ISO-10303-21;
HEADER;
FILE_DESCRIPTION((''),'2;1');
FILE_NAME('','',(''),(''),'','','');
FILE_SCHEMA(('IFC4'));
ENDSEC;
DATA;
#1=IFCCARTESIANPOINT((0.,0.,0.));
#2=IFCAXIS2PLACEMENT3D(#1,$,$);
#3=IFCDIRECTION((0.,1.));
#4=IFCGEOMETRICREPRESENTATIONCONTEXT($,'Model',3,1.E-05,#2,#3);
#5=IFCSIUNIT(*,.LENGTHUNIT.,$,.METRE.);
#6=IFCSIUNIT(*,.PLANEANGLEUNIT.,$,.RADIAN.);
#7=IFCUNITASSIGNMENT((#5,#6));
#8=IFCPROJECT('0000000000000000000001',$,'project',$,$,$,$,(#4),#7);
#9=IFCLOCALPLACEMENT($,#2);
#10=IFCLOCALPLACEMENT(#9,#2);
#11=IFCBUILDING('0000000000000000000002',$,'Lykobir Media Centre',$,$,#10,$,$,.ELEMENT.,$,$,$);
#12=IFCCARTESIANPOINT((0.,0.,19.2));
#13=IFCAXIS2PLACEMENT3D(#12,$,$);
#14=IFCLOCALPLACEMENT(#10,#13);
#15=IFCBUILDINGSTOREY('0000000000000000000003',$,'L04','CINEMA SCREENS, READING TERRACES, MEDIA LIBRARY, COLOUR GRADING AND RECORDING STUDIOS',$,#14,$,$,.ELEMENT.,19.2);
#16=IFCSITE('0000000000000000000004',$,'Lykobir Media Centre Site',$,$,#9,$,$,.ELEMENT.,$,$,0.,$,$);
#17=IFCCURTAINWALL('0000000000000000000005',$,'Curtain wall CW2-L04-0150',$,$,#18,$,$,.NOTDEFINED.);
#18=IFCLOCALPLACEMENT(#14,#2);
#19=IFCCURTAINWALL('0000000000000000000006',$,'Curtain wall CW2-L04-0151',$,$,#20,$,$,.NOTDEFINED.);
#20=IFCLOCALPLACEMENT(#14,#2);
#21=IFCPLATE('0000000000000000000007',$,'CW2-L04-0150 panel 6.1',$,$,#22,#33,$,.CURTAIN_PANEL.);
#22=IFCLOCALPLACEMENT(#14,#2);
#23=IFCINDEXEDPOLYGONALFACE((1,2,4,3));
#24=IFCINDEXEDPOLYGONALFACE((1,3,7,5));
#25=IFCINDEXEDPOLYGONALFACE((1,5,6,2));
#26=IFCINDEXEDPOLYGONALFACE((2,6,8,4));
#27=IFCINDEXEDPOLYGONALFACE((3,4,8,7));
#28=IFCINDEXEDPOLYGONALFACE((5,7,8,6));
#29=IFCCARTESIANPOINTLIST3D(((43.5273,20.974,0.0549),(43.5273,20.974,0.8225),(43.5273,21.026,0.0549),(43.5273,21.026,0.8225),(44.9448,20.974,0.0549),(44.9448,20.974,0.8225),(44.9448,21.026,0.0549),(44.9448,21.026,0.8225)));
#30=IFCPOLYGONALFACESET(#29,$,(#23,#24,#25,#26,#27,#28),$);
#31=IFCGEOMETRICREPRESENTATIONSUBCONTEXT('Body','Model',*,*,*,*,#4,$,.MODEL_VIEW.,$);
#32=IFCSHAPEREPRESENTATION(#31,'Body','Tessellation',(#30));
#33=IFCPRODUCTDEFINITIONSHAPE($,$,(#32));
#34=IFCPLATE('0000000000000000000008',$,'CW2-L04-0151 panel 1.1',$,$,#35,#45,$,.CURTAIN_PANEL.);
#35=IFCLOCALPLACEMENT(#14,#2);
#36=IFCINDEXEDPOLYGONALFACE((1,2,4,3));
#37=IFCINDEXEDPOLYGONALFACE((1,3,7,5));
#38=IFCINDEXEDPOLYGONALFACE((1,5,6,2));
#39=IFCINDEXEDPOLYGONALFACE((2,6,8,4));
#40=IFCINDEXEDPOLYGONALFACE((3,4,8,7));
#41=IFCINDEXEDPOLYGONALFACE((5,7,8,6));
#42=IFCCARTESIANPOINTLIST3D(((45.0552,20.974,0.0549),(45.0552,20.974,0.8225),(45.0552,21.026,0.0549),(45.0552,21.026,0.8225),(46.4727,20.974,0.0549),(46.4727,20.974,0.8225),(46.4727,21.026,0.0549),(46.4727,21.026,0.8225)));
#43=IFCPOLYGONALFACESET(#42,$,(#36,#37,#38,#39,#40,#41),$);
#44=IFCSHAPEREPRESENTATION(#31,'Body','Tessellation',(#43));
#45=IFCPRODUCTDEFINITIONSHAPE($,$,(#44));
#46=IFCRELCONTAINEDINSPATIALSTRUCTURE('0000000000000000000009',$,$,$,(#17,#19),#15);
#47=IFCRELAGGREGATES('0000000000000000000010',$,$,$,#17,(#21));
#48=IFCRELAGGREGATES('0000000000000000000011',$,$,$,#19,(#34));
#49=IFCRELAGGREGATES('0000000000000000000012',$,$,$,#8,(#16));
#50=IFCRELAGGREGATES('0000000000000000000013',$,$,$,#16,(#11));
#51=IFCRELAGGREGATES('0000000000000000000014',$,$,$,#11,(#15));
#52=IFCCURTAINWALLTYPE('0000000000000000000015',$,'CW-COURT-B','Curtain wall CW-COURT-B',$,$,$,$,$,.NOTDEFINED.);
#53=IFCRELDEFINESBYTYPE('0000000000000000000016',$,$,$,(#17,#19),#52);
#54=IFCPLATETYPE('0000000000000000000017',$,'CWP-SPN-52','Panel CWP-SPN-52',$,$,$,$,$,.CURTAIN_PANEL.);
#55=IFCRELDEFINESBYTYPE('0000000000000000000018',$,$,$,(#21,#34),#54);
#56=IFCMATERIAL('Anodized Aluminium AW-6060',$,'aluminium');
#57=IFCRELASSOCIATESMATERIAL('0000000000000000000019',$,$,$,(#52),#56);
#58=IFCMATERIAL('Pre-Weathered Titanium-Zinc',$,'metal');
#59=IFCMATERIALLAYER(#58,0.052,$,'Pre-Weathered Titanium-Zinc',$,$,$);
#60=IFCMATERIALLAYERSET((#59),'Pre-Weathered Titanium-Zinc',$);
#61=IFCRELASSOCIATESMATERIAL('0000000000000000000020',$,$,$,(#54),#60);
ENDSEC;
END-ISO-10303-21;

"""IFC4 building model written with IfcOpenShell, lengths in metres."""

from ifc_helpers import new_model, si_unit, direction, frame, origin, origin_2d, place, context, subcontext, project, spatial, rectangle, extrude, material, layer, layer_set, type_object, element, aggregate, save


model = new_model("IFC4")

# Units and contexts
model_context = context("Model", 3, precision=1e-05, world=origin(), true_north=direction((0.0, 1.0)))
body_context = subcontext(model_context, "Body", "Model", "MODEL_VIEW")
ifc_project = project(units=[si_unit("LENGTHUNIT", "METRE"), si_unit("PLANEANGLEUNIT", "RADIAN")], contexts=[model_context])

# Site, building, storey
site_placement = place(None, origin())
site = spatial("IfcSite", under=ifc_project, at=site_placement, Name="Lykobir Media Centre Site", CompositionType="ELEMENT", RefElevation=0.0)
building_placement = place(site_placement, origin())
building = spatial("IfcBuilding", under=site, at=building_placement, Name="Lykobir Media Centre", CompositionType="ELEMENT")
storey_placement = place(building_placement, frame((0.0, 0.0, 19.2)))
storey = spatial("IfcBuildingStorey", under=building, at=storey_placement, Name="L04", Description="CINEMA SCREENS, READING TERRACES, MEDIA LIBRARY, COLOUR GRADING AND RECORDING STUDIOS", CompositionType="ELEMENT", Elevation=19.2)

# Curtain wall
ifc_material_1 = material(Name="Anodized Aluminium AW-6060", Category="aluminium")
curtain_wall_type = type_object("IfcCurtainWallType", Name="CW-COURT-B", Description="Curtain wall CW-COURT-B", PredefinedType="NOTDEFINED", material=ifc_material_1)
curtain_wall_1_placement = place(storey_placement, origin())
curtain_wall_1 = element("IfcCurtainWall", 1, at=curtain_wall_1_placement, inside=storey, type_object=curtain_wall_type, Name="Curtain wall CW2-L04-0150", PredefinedType="NOTDEFINED")

# Curtain wall
curtain_wall_2_placement = place(storey_placement, origin())
curtain_wall_2 = element("IfcCurtainWall", 2, at=curtain_wall_2_placement, inside=storey, type_object=curtain_wall_type, Name="Curtain wall CW2-L04-0151", PredefinedType="NOTDEFINED")

# Plates
ifc_material_2 = material(Name="Pre-Weathered Titanium-Zinc", Category="metal")
ifc_layer_1 = layer(ifc_material_2, 0.052, Name="Pre-Weathered Titanium-Zinc")
ifc_layer_set_1 = layer_set([ifc_layer_1], Name="Pre-Weathered Titanium-Zinc")
plate_type_1 = type_object("IfcPlateType", Name="CWP-SPN-52", Description="Panel CWP-SPN-52", PredefinedType="CURTAIN_PANEL", material=ifc_layer_set_1)
plate_1_placement = place(storey_placement, frame((44.2361, 21.0, 0.0549), z_axis=(0.0, 0.0, 1.0), x_axis=(1.0, 0.0, 0.0)))
plate_1 = element("IfcPlate", 3, at=plate_1_placement, type_object=plate_type_1, Name="CW2-L04-0150 panel 6.1", PredefinedType="CURTAIN_PANEL", context=body_context, shape_type="SweptSolid", body=[
    extrude(rectangle(XDim=1.4175, YDim=0.052, at=origin_2d()), origin(), (0.0, 0.0, 1.0), 0.7676),
])
aggregate(curtain_wall_1, [plate_1])
plate_2_placement = place(storey_placement, frame((45.7639, 21.0, 0.0549), z_axis=(0.0, 0.0, 1.0), x_axis=(1.0, 0.0, 0.0)))
plate_2 = element("IfcPlate", 4, at=plate_2_placement, type_object=plate_type_1, Name="CW2-L04-0151 panel 1.1", PredefinedType="CURTAIN_PANEL", context=body_context, shape_type="SweptSolid", body=[
    extrude(rectangle(XDim=1.4175, YDim=0.052, at=origin_2d()), origin(), (0.0, 0.0, 1.0), 0.7676),
])
aggregate(curtain_wall_2, [plate_2])

save(model, "model.ifc")
